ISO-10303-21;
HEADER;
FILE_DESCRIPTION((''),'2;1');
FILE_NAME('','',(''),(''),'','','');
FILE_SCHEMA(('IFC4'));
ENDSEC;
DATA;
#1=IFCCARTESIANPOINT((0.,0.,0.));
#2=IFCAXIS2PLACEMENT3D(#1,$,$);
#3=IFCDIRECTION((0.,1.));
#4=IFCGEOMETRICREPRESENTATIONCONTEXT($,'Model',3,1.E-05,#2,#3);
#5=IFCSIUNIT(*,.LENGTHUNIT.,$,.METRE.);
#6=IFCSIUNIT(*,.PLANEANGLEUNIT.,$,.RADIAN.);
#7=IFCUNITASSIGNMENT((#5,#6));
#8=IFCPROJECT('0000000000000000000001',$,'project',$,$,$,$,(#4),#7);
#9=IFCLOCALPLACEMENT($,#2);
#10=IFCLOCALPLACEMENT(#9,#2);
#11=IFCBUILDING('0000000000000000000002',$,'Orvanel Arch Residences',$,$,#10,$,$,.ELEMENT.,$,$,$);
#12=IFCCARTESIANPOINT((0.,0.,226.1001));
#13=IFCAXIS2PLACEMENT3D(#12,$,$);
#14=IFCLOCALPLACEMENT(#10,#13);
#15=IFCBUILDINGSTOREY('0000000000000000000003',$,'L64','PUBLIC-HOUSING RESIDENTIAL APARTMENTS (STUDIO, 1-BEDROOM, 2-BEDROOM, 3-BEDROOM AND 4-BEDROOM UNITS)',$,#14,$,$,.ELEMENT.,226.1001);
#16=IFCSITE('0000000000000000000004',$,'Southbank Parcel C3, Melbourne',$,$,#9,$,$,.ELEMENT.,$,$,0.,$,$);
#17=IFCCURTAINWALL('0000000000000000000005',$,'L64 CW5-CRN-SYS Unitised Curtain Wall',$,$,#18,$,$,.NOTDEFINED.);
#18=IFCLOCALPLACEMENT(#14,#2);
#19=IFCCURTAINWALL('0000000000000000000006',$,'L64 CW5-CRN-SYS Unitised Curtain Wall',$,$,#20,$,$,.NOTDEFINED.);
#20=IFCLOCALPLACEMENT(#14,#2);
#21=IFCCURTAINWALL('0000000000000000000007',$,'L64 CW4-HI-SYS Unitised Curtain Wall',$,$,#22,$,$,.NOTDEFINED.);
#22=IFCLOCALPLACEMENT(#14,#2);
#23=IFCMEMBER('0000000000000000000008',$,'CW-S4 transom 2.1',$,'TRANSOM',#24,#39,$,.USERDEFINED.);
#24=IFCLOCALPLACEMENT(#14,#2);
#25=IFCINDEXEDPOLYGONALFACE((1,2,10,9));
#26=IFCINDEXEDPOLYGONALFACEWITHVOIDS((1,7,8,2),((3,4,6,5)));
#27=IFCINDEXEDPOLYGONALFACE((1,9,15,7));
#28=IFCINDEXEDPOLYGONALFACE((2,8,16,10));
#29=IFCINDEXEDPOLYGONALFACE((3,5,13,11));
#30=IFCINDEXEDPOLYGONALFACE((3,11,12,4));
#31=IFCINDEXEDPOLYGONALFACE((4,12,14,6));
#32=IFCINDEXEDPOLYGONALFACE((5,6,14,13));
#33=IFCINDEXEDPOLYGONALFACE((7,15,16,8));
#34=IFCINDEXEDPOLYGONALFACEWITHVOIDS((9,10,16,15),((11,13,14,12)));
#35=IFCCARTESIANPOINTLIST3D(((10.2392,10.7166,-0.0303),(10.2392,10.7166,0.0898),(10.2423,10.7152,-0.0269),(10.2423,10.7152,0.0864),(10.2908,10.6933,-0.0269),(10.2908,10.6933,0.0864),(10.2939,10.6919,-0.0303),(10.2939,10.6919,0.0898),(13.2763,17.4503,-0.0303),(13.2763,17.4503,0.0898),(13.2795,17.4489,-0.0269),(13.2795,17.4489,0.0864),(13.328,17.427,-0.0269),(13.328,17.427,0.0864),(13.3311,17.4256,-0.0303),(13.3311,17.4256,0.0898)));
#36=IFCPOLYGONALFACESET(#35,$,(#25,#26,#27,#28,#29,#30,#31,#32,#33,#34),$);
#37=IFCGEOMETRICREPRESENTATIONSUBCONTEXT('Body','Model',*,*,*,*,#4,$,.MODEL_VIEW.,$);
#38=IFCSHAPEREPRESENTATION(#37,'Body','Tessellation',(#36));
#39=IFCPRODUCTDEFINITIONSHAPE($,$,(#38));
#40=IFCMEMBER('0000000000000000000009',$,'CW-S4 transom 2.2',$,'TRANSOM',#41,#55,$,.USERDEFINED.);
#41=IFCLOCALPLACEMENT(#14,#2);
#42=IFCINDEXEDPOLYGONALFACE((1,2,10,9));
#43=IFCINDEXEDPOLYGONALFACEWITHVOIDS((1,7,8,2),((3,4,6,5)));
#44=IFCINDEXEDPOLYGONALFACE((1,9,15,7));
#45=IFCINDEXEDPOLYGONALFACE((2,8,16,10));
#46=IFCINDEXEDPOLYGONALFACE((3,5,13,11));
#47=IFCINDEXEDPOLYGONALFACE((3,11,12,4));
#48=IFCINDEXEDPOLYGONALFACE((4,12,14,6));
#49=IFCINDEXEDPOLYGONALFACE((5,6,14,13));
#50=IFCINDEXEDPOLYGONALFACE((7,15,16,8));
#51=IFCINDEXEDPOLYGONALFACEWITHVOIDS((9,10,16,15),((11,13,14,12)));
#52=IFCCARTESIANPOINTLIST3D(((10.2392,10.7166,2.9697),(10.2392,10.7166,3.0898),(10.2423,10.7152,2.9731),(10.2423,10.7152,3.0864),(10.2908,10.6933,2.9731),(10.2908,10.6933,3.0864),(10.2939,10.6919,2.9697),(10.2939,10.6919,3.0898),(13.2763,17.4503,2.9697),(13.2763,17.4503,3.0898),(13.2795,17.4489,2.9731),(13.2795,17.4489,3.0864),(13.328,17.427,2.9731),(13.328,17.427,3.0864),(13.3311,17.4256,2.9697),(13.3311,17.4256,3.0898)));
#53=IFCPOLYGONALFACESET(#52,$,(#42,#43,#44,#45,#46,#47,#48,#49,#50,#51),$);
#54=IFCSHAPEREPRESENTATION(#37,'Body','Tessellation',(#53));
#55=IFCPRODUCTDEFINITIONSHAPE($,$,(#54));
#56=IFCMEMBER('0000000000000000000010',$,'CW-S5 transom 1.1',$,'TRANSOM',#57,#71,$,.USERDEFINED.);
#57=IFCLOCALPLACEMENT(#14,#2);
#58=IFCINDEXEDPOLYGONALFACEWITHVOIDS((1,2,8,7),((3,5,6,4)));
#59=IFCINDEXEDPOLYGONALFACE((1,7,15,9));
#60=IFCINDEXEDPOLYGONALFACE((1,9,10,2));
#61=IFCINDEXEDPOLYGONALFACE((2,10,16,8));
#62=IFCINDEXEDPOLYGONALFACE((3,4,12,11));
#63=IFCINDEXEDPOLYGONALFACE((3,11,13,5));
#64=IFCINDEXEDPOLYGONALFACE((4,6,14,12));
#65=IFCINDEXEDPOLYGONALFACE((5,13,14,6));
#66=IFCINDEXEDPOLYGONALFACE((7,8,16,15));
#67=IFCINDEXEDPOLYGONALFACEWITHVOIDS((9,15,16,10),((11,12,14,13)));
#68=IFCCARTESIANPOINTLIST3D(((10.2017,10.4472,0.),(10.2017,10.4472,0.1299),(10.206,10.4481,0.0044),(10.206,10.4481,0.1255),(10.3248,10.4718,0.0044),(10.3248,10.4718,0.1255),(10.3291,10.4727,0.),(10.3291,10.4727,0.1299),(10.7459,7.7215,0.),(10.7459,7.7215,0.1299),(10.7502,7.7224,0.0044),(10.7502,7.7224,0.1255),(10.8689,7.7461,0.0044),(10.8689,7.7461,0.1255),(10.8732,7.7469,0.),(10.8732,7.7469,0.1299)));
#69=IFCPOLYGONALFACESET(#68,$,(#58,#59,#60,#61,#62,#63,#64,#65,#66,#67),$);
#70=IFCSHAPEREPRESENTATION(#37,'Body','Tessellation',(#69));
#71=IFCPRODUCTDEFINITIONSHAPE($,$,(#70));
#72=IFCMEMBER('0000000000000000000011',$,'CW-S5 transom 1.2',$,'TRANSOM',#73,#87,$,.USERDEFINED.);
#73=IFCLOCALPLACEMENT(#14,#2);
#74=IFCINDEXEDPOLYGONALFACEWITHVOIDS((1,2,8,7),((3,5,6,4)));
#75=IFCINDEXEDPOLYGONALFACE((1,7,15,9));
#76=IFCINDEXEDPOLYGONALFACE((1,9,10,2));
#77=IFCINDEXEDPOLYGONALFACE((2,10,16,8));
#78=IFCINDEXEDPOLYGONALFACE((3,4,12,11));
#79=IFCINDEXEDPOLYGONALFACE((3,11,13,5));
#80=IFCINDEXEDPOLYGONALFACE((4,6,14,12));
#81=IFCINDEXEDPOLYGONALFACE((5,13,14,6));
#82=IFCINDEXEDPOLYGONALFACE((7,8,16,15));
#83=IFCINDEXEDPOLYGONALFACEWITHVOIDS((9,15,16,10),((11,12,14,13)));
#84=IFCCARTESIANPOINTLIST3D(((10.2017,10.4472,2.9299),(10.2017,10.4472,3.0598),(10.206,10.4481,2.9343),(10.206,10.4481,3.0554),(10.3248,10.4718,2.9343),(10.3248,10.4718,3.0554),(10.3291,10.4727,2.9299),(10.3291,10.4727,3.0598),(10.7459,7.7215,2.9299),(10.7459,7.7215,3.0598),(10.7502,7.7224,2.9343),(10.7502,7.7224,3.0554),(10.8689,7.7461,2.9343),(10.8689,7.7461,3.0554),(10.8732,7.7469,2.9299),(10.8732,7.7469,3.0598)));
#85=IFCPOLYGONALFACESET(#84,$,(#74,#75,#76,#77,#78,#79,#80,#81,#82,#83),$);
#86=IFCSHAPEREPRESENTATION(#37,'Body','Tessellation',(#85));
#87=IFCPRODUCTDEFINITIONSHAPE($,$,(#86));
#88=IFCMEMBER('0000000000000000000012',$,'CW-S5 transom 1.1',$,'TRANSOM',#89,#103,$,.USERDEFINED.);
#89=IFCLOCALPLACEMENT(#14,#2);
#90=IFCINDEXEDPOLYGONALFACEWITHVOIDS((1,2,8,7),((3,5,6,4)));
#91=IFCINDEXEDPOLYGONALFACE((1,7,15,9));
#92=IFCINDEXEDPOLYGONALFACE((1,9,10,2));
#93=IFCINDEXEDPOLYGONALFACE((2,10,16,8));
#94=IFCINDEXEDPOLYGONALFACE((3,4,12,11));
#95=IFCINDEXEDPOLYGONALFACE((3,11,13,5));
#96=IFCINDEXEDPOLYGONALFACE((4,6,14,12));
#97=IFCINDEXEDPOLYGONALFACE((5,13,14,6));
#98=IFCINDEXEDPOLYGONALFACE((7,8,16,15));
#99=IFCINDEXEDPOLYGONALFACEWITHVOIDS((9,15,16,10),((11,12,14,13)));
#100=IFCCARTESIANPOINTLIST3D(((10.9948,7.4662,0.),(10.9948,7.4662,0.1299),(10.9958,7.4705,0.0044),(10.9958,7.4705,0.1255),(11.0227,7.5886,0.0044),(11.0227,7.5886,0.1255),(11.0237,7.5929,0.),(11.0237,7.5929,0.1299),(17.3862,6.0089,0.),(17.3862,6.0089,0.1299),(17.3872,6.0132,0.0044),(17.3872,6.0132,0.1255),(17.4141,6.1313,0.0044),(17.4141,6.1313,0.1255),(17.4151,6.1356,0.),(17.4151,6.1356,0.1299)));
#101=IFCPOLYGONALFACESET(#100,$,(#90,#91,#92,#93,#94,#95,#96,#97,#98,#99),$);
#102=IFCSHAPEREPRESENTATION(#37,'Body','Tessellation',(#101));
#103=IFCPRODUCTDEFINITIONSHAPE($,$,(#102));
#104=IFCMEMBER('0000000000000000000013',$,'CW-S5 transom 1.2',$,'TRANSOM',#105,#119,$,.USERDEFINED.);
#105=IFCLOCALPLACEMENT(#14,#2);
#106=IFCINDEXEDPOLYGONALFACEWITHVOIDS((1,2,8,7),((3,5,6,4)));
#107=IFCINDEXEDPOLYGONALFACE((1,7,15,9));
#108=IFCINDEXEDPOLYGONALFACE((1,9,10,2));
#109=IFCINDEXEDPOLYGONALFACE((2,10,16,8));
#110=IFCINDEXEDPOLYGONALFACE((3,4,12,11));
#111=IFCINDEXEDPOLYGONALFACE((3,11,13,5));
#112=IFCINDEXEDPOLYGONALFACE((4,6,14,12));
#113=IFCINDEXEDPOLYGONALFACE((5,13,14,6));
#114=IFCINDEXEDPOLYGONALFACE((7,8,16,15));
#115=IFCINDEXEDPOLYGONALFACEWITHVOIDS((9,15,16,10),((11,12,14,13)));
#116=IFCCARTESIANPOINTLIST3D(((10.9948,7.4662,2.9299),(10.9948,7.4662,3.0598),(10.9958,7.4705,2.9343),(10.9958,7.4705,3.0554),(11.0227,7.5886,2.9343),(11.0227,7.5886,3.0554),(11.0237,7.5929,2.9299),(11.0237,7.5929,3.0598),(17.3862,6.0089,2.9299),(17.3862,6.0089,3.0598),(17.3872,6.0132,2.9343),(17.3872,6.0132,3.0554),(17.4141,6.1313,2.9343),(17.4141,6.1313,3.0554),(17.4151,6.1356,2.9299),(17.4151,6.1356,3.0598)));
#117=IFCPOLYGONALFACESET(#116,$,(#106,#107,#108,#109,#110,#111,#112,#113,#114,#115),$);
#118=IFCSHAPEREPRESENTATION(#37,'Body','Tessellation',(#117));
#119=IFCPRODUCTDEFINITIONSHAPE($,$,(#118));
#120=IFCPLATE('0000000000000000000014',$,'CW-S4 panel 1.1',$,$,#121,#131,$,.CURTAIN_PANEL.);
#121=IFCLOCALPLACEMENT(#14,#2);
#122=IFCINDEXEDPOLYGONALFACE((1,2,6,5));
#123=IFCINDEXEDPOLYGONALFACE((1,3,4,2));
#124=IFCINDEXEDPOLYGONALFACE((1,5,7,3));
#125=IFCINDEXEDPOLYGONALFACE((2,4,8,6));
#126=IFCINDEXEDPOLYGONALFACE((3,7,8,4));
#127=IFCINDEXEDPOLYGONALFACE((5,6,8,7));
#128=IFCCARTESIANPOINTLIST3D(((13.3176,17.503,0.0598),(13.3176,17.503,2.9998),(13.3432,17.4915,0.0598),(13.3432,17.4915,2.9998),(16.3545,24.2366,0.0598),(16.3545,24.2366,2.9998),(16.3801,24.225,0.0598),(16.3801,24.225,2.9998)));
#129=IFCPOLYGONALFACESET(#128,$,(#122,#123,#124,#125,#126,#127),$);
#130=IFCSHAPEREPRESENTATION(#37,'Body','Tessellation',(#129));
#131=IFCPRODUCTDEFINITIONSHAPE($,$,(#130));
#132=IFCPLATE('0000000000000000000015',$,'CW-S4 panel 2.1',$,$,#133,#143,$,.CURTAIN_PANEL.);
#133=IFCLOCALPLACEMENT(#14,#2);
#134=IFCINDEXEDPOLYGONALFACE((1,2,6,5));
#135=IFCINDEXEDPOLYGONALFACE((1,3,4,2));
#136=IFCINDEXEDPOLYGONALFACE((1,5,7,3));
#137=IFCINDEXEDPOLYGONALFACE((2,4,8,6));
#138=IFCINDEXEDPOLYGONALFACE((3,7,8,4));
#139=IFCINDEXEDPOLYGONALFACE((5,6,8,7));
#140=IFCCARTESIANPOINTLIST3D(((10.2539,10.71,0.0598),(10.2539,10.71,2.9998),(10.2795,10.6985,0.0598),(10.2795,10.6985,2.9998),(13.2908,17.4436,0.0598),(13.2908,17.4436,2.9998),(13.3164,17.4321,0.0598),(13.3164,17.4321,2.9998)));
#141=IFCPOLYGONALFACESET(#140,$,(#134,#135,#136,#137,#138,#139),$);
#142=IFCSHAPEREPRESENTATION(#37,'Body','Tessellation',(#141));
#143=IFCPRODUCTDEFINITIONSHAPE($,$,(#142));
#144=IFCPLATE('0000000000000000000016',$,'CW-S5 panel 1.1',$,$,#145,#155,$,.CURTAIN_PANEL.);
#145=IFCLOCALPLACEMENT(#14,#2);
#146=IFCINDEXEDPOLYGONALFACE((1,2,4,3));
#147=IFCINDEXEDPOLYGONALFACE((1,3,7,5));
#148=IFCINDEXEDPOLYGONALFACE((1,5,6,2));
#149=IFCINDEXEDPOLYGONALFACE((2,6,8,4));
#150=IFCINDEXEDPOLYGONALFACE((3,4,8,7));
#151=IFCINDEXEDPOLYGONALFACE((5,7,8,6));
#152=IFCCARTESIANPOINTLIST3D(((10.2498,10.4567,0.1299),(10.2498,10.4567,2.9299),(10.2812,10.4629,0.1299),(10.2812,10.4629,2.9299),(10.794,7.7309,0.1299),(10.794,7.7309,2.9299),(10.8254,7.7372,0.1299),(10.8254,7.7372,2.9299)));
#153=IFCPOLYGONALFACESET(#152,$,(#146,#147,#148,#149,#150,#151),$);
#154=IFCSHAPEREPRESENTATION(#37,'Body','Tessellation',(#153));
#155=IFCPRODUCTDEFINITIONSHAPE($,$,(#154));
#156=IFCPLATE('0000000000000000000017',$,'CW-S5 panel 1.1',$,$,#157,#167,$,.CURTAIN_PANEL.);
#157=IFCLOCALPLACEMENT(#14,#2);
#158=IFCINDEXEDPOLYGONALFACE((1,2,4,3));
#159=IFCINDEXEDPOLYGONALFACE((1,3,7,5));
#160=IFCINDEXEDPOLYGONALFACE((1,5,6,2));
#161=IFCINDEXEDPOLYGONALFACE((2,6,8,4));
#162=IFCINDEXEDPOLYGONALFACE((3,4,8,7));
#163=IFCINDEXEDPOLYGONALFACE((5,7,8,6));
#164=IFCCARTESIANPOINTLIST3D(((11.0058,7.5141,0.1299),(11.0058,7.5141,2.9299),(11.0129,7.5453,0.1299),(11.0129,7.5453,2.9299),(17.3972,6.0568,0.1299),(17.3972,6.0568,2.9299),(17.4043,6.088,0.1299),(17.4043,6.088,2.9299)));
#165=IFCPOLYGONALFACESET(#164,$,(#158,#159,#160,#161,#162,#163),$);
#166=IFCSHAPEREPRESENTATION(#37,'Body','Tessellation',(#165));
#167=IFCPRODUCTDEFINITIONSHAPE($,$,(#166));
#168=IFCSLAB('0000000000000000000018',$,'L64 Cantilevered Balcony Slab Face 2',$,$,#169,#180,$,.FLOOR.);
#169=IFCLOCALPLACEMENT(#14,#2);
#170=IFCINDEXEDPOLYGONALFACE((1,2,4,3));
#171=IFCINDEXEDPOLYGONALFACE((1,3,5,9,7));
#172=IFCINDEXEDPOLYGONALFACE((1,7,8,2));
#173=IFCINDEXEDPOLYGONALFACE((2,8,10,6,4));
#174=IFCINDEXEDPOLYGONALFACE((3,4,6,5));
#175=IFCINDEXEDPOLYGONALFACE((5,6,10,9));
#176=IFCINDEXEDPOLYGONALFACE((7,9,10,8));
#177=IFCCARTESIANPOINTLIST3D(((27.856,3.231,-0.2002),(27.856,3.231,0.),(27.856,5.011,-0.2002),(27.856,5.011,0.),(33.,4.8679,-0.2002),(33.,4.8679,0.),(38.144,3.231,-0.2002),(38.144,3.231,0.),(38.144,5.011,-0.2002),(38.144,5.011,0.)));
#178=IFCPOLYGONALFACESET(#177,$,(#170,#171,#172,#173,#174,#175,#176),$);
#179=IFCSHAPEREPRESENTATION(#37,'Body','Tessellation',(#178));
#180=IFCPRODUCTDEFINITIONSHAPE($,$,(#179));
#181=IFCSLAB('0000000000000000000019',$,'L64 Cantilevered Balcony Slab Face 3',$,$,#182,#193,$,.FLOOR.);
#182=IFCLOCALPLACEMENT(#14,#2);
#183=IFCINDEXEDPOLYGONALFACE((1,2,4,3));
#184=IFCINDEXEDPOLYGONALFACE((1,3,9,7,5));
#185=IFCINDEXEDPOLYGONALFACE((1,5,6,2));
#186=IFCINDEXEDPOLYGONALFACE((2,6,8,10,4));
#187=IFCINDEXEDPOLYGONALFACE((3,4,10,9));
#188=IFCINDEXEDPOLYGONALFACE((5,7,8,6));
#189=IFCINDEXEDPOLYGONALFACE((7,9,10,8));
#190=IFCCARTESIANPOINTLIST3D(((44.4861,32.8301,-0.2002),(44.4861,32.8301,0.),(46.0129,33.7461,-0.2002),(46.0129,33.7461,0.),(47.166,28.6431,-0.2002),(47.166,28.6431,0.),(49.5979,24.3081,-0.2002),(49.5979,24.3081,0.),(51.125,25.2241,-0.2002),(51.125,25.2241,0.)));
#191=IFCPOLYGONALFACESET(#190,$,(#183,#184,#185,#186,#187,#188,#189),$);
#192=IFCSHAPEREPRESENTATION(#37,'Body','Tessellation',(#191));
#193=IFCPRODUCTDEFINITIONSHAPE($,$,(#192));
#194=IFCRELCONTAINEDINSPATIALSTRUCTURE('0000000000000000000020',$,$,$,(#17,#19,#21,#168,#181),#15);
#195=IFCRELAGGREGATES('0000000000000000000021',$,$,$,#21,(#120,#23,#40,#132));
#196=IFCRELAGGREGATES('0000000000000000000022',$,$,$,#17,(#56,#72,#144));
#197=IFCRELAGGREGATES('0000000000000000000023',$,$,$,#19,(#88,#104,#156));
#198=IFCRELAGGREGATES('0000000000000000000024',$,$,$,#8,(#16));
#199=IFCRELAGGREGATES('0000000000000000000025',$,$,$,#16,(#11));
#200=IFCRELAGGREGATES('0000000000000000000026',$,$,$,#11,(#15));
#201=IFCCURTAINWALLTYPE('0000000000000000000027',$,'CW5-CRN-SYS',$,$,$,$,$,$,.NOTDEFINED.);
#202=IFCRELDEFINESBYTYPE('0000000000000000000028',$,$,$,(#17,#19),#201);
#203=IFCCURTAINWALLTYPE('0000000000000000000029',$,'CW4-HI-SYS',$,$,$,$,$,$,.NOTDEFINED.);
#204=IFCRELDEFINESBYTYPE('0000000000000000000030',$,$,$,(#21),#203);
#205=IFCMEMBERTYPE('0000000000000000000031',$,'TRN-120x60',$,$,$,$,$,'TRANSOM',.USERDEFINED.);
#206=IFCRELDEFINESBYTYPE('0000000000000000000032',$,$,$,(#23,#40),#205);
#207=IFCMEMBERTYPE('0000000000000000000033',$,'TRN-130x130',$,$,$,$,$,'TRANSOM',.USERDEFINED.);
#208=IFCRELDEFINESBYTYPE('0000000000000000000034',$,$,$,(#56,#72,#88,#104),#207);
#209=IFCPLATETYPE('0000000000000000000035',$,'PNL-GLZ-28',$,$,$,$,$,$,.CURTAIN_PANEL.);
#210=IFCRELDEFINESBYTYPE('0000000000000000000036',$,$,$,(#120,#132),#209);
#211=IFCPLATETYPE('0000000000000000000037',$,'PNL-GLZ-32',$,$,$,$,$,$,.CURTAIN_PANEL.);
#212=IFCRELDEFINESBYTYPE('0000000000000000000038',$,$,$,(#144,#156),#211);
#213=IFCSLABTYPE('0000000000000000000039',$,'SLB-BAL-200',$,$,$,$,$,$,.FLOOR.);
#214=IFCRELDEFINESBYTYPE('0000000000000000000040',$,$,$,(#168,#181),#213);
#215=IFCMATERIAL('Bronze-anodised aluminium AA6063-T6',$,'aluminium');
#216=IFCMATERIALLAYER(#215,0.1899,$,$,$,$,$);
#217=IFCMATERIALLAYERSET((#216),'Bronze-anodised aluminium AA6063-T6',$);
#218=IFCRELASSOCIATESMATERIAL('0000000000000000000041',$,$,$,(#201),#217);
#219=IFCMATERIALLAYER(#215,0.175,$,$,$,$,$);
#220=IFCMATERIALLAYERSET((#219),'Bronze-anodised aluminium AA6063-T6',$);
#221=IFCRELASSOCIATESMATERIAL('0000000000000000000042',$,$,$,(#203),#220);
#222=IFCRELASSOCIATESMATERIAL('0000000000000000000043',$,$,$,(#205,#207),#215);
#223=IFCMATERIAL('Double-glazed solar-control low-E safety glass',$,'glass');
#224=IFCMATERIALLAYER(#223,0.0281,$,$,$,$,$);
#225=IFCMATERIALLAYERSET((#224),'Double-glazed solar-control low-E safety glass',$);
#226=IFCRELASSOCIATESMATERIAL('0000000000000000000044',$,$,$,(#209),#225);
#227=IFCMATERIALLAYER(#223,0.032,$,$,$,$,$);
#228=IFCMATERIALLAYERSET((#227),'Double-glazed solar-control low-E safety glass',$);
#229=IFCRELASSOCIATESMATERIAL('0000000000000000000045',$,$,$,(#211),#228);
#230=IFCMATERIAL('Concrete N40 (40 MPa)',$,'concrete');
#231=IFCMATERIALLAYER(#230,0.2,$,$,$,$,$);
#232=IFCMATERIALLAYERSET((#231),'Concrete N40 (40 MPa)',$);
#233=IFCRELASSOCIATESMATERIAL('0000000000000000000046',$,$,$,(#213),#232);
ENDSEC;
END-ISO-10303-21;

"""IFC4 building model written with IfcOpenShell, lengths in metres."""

from ifc_helpers import new_model, si_unit, direction, frame, origin, origin_2d, place, context, subcontext, project, spatial, polyline, rectangle, hollow_rectangle, outline, extrude, material, layer, layer_set, material_profile, profile_set, type_object, element, aggregate, save


model = new_model("IFC4")

# Units and contexts
model_context = context("Model", 3, precision=1e-05, world=origin(), true_north=direction((0.0, 1.0)))
body_context = subcontext(model_context, "Body", "Model", "MODEL_VIEW")
ifc_project = project(units=[si_unit("LENGTHUNIT", "METRE"), si_unit("PLANEANGLEUNIT", "RADIAN")], contexts=[model_context])

# Site, building, storey
site_placement = place(None, origin())
site = spatial("IfcSite", under=ifc_project, at=site_placement, Name="Southbank Parcel C3, Melbourne", CompositionType="ELEMENT", RefElevation=0.0)
building_placement = place(site_placement, origin())
building = spatial("IfcBuilding", under=site, at=building_placement, Name="Orvanel Arch Residences", CompositionType="ELEMENT")
storey_placement = place(building_placement, frame((0.0, 0.0, 226.1001)))
storey = spatial("IfcBuildingStorey", under=building, at=storey_placement, Name="L64", Description="PUBLIC-HOUSING RESIDENTIAL APARTMENTS (STUDIO, 1-BEDROOM, 2-BEDROOM, 3-BEDROOM AND 4-BEDROOM UNITS)", CompositionType="ELEMENT", Elevation=226.1001)

# Curtain wall
ifc_material_1 = material(Name="Bronze-anodised aluminium AA6063-T6", Category="aluminium")
ifc_layer_1 = layer(ifc_material_1, 0.1899)
ifc_layer_set_1 = layer_set([ifc_layer_1], Name="Bronze-anodised aluminium AA6063-T6")
curtain_wall_type_1 = type_object("IfcCurtainWallType", Name="CW5-CRN-SYS", PredefinedType="NOTDEFINED", material=ifc_layer_set_1)
curtain_wall_1_placement = place(storey_placement, origin())
curtain_wall_1 = element("IfcCurtainWall", 1, at=curtain_wall_1_placement, inside=storey, type_object=curtain_wall_type_1, Name="L64 CW5-CRN-SYS Unitised Curtain Wall", PredefinedType="NOTDEFINED")

# Curtain wall
curtain_wall_2_placement = place(storey_placement, origin())
curtain_wall_2 = element("IfcCurtainWall", 2, at=curtain_wall_2_placement, inside=storey, type_object=curtain_wall_type_1, Name="L64 CW5-CRN-SYS Unitised Curtain Wall", PredefinedType="NOTDEFINED")

# Curtain wall
ifc_layer_2 = layer(ifc_material_1, 0.175)
ifc_layer_set_2 = layer_set([ifc_layer_2], Name="Bronze-anodised aluminium AA6063-T6")
curtain_wall_type_2 = type_object("IfcCurtainWallType", Name="CW4-HI-SYS", PredefinedType="NOTDEFINED", material=ifc_layer_set_2)
curtain_wall_3_placement = place(storey_placement, origin())
curtain_wall_3 = element("IfcCurtainWall", 3, at=curtain_wall_3_placement, inside=storey, type_object=curtain_wall_type_2, Name="L64 CW4-HI-SYS Unitised Curtain Wall", PredefinedType="NOTDEFINED")

# Members
ifc_material_profile_1 = material_profile(ifc_material_1, hollow_rectangle(XDim=0.0601, YDim=0.1201, WallThickness=0.0034, at=origin_2d()), Name="ALU120x60x3.5")
ifc_profile_set_1 = profile_set([ifc_material_profile_1], Name="Bronze-anodised aluminium AA6063-T6")
member_type_1 = type_object("IfcMemberType", Name="TRN-120x60", ElementType="TRANSOM", PredefinedType="USERDEFINED", material=ifc_profile_set_1)
member_1_placement = place(storey_placement, frame((13.3037, 17.438, 0.0298), z_axis=(-0.411149, -0.911568, 0.0), x_axis=(0.911568, -0.411149, 0.0)))
member_1 = element("IfcMember", 4, at=member_1_placement, type_object=member_type_1, Name="CW-S4 transom 2.1", ObjectType="TRANSOM", PredefinedType="USERDEFINED", context=body_context, shape_type="SweptSolid", body=[
    extrude(hollow_rectangle(XDim=0.0601, YDim=0.1201, WallThickness=0.0034, at=origin_2d()), origin(), (0.0, 0.0, 1.0), 7.387),
])
member_2_placement = place(storey_placement, frame((13.3037, 17.438, 3.0298), z_axis=(-0.411149, -0.911568, 0.0), x_axis=(0.911568, -0.411149, 0.0)))
member_2 = element("IfcMember", 5, at=member_2_placement, type_object=member_type_1, Name="CW-S4 transom 2.2", ObjectType="TRANSOM", PredefinedType="USERDEFINED", context=body_context, shape_type="SweptSolid", body=[
    extrude(hollow_rectangle(XDim=0.0601, YDim=0.1201, WallThickness=0.0034, at=origin_2d()), origin(), (0.0, 0.0, 1.0), 7.387),
])
ifc_material_profile_2 = material_profile(ifc_material_1, hollow_rectangle(XDim=0.1299, YDim=0.1299, WallThickness=0.0044, at=origin_2d()), Name="ALU130x130x4.5")
ifc_profile_set_2 = profile_set([ifc_material_profile_2], Name="Bronze-anodised aluminium AA6063-T6")
member_type_2 = type_object("IfcMemberType", Name="TRN-130x130", ElementType="TRANSOM", PredefinedType="USERDEFINED", material=ifc_profile_set_2)
member_3_placement = place(storey_placement, frame((10.2654, 10.46, 0.0649), z_axis=(0.195778, -0.980648, 0.0), x_axis=(0.980648, 0.195778, 0.0)))
member_3 = element("IfcMember", 6, at=member_3_placement, type_object=member_type_2, Name="CW-S5 transom 1.1", ObjectType="TRANSOM", PredefinedType="USERDEFINED", context=body_context, shape_type="SweptSolid", body=[
    extrude(hollow_rectangle(XDim=0.1299, YDim=0.1299, WallThickness=0.0044, at=origin_2d()), origin(), (0.0, 0.0, 1.0), 2.7795),
])
member_4_placement = place(storey_placement, frame((10.2654, 10.46, 2.9949), z_axis=(0.195778, -0.980648, 0.0), x_axis=(0.980648, 0.195778, 0.0)))
member_4 = element("IfcMember", 7, at=member_4_placement, type_object=member_type_2, Name="CW-S5 transom 1.2", ObjectType="TRANSOM", PredefinedType="USERDEFINED", context=body_context, shape_type="SweptSolid", body=[
    extrude(hollow_rectangle(XDim=0.1299, YDim=0.1299, WallThickness=0.0044, at=origin_2d()), origin(), (0.0, 0.0, 1.0), 2.7795),
])
member_5_placement = place(storey_placement, frame((11.0093, 7.5295, 0.0649), z_axis=(0.974978, -0.222302, 0.0), x_axis=(0.222302, 0.974978, 0.0)))
member_5 = element("IfcMember", 8, at=member_5_placement, type_object=member_type_2, Name="CW-S5 transom 1.1", ObjectType="TRANSOM", PredefinedType="USERDEFINED", context=body_context, shape_type="SweptSolid", body=[
    extrude(hollow_rectangle(XDim=0.1299, YDim=0.1299, WallThickness=0.0044, at=origin_2d()), origin(), (0.0, 0.0, 1.0), 6.5554),
])
member_6_placement = place(storey_placement, frame((11.0093, 7.5295, 2.9949), z_axis=(0.974978, -0.222302, 0.0), x_axis=(0.222302, 0.974978, 0.0)))
member_6 = element("IfcMember", 9, at=member_6_placement, type_object=member_type_2, Name="CW-S5 transom 1.2", ObjectType="TRANSOM", PredefinedType="USERDEFINED", context=body_context, shape_type="SweptSolid", body=[
    extrude(hollow_rectangle(XDim=0.1299, YDim=0.1299, WallThickness=0.0044, at=origin_2d()), origin(), (0.0, 0.0, 1.0), 6.5554),
])

# Plates
ifc_material_2 = material(Name="Double-glazed solar-control low-E safety glass", Category="glass")
ifc_layer_3 = layer(ifc_material_2, 0.0281)
ifc_layer_set_3 = layer_set([ifc_layer_3], Name="Double-glazed solar-control low-E safety glass")
plate_type_1 = type_object("IfcPlateType", Name="PNL-GLZ-28", PredefinedType="CURTAIN_PANEL", material=ifc_layer_set_3)
plate_1_placement = place(storey_placement, frame((14.8489, 20.864, 0.0598), z_axis=(0.0, 0.0, 1.0), x_axis=(-0.411128, -0.911577, 0.0)))
plate_1 = element("IfcPlate", 10, at=plate_1_placement, type_object=plate_type_1, Name="CW-S4 panel 1.1", PredefinedType="CURTAIN_PANEL", context=body_context, shape_type="SweptSolid", body=[
    extrude(rectangle(XDim=7.3867, YDim=0.0281, at=origin_2d()), origin(), (0.0, 0.0, 1.0), 2.9399),
])
plate_2_placement = place(storey_placement, frame((11.7852, 14.071, 0.0598), z_axis=(0.0, 0.0, 1.0), x_axis=(-0.411128, -0.911577, 0.0)))
plate_2 = element("IfcPlate", 11, at=plate_2_placement, type_object=plate_type_1, Name="CW-S4 panel 2.1", PredefinedType="CURTAIN_PANEL", context=body_context, shape_type="SweptSolid", body=[
    extrude(rectangle(XDim=7.3867, YDim=0.0281, at=origin_2d()), origin(), (0.0, 0.0, 1.0), 2.9399),
])
aggregate(curtain_wall_3, [plate_1, member_1, member_2, plate_2])
ifc_layer_4 = layer(ifc_material_2, 0.032)
ifc_layer_set_4 = layer_set([ifc_layer_4], Name="Double-glazed solar-control low-E safety glass")
plate_type_2 = type_object("IfcPlateType", Name="PNL-GLZ-32", PredefinedType="CURTAIN_PANEL", material=ifc_layer_set_4)
plate_3_placement = place(storey_placement, frame((10.5376, 9.0969, 0.1299), z_axis=(0.0, 0.0, 1.0), x_axis=(0.195804, -0.980643, 0.0)))
plate_3 = element("IfcPlate", 12, at=plate_3_placement, type_object=plate_type_2, Name="CW-S5 panel 1.1", PredefinedType="CURTAIN_PANEL", context=body_context, shape_type="SweptSolid", body=[
    extrude(rectangle(XDim=2.7795, YDim=0.032, at=origin_2d()), origin(), (0.0, 0.0, 1.0), 2.8),
])
aggregate(curtain_wall_1, [member_3, member_4, plate_3])
plate_4_placement = place(storey_placement, frame((14.2051, 6.801, 0.1299), z_axis=(0.0, 0.0, 1.0), x_axis=(0.974978, -0.222302, 0.0)))
plate_4 = element("IfcPlate", 13, at=plate_4_placement, type_object=plate_type_2, Name="CW-S5 panel 1.1", PredefinedType="CURTAIN_PANEL", context=body_context, shape_type="SweptSolid", body=[
    extrude(rectangle(XDim=6.5554, YDim=0.032, at=origin_2d()), origin(), (0.0, 0.0, 1.0), 2.8),
])
aggregate(curtain_wall_2, [member_5, member_6, plate_4])

# Slabs
ifc_material_3 = material(Name="Concrete N40 (40 MPa)", Category="concrete")
ifc_layer_5 = layer(ifc_material_3, 0.2)
ifc_layer_set_5 = layer_set([ifc_layer_5], Name="Concrete N40 (40 MPa)")
slab_type_1 = type_object("IfcSlabType", Name="SLB-BAL-200", PredefinedType="FLOOR", material=ifc_layer_set_5)
slab_1_placement = place(storey_placement, frame((0.0, 0.0, -0.2002)))
element("IfcSlab", 14, at=slab_1_placement, inside=storey, type_object=slab_type_1, Name="L64 Cantilevered Balcony Slab Face 2", PredefinedType="FLOOR", context=body_context, shape_type="SweptSolid", body=[
    extrude(outline(polyline([(27.856, 3.231), (38.144, 3.231), (38.144, 5.011), (33.0, 4.8679), (27.856, 5.011), (27.856, 3.231)])), origin(), (0.0, 0.0, 1.0), 0.2002),
])
slab_2_placement = place(storey_placement, frame((0.0, 0.0, -0.2002)))
element("IfcSlab", 15, at=slab_2_placement, inside=storey, type_object=slab_type_1, Name="L64 Cantilevered Balcony Slab Face 3", PredefinedType="FLOOR", context=body_context, shape_type="SweptSolid", body=[
    extrude(outline(polyline([(51.125, 25.2241), (46.0129, 33.7461), (44.4861, 32.8301), (47.166, 28.6431), (49.5979, 24.3081), (51.125, 25.2241)])), origin(), (0.0, 0.0, 1.0), 0.2002),
])

save(model, "model.ifc")
